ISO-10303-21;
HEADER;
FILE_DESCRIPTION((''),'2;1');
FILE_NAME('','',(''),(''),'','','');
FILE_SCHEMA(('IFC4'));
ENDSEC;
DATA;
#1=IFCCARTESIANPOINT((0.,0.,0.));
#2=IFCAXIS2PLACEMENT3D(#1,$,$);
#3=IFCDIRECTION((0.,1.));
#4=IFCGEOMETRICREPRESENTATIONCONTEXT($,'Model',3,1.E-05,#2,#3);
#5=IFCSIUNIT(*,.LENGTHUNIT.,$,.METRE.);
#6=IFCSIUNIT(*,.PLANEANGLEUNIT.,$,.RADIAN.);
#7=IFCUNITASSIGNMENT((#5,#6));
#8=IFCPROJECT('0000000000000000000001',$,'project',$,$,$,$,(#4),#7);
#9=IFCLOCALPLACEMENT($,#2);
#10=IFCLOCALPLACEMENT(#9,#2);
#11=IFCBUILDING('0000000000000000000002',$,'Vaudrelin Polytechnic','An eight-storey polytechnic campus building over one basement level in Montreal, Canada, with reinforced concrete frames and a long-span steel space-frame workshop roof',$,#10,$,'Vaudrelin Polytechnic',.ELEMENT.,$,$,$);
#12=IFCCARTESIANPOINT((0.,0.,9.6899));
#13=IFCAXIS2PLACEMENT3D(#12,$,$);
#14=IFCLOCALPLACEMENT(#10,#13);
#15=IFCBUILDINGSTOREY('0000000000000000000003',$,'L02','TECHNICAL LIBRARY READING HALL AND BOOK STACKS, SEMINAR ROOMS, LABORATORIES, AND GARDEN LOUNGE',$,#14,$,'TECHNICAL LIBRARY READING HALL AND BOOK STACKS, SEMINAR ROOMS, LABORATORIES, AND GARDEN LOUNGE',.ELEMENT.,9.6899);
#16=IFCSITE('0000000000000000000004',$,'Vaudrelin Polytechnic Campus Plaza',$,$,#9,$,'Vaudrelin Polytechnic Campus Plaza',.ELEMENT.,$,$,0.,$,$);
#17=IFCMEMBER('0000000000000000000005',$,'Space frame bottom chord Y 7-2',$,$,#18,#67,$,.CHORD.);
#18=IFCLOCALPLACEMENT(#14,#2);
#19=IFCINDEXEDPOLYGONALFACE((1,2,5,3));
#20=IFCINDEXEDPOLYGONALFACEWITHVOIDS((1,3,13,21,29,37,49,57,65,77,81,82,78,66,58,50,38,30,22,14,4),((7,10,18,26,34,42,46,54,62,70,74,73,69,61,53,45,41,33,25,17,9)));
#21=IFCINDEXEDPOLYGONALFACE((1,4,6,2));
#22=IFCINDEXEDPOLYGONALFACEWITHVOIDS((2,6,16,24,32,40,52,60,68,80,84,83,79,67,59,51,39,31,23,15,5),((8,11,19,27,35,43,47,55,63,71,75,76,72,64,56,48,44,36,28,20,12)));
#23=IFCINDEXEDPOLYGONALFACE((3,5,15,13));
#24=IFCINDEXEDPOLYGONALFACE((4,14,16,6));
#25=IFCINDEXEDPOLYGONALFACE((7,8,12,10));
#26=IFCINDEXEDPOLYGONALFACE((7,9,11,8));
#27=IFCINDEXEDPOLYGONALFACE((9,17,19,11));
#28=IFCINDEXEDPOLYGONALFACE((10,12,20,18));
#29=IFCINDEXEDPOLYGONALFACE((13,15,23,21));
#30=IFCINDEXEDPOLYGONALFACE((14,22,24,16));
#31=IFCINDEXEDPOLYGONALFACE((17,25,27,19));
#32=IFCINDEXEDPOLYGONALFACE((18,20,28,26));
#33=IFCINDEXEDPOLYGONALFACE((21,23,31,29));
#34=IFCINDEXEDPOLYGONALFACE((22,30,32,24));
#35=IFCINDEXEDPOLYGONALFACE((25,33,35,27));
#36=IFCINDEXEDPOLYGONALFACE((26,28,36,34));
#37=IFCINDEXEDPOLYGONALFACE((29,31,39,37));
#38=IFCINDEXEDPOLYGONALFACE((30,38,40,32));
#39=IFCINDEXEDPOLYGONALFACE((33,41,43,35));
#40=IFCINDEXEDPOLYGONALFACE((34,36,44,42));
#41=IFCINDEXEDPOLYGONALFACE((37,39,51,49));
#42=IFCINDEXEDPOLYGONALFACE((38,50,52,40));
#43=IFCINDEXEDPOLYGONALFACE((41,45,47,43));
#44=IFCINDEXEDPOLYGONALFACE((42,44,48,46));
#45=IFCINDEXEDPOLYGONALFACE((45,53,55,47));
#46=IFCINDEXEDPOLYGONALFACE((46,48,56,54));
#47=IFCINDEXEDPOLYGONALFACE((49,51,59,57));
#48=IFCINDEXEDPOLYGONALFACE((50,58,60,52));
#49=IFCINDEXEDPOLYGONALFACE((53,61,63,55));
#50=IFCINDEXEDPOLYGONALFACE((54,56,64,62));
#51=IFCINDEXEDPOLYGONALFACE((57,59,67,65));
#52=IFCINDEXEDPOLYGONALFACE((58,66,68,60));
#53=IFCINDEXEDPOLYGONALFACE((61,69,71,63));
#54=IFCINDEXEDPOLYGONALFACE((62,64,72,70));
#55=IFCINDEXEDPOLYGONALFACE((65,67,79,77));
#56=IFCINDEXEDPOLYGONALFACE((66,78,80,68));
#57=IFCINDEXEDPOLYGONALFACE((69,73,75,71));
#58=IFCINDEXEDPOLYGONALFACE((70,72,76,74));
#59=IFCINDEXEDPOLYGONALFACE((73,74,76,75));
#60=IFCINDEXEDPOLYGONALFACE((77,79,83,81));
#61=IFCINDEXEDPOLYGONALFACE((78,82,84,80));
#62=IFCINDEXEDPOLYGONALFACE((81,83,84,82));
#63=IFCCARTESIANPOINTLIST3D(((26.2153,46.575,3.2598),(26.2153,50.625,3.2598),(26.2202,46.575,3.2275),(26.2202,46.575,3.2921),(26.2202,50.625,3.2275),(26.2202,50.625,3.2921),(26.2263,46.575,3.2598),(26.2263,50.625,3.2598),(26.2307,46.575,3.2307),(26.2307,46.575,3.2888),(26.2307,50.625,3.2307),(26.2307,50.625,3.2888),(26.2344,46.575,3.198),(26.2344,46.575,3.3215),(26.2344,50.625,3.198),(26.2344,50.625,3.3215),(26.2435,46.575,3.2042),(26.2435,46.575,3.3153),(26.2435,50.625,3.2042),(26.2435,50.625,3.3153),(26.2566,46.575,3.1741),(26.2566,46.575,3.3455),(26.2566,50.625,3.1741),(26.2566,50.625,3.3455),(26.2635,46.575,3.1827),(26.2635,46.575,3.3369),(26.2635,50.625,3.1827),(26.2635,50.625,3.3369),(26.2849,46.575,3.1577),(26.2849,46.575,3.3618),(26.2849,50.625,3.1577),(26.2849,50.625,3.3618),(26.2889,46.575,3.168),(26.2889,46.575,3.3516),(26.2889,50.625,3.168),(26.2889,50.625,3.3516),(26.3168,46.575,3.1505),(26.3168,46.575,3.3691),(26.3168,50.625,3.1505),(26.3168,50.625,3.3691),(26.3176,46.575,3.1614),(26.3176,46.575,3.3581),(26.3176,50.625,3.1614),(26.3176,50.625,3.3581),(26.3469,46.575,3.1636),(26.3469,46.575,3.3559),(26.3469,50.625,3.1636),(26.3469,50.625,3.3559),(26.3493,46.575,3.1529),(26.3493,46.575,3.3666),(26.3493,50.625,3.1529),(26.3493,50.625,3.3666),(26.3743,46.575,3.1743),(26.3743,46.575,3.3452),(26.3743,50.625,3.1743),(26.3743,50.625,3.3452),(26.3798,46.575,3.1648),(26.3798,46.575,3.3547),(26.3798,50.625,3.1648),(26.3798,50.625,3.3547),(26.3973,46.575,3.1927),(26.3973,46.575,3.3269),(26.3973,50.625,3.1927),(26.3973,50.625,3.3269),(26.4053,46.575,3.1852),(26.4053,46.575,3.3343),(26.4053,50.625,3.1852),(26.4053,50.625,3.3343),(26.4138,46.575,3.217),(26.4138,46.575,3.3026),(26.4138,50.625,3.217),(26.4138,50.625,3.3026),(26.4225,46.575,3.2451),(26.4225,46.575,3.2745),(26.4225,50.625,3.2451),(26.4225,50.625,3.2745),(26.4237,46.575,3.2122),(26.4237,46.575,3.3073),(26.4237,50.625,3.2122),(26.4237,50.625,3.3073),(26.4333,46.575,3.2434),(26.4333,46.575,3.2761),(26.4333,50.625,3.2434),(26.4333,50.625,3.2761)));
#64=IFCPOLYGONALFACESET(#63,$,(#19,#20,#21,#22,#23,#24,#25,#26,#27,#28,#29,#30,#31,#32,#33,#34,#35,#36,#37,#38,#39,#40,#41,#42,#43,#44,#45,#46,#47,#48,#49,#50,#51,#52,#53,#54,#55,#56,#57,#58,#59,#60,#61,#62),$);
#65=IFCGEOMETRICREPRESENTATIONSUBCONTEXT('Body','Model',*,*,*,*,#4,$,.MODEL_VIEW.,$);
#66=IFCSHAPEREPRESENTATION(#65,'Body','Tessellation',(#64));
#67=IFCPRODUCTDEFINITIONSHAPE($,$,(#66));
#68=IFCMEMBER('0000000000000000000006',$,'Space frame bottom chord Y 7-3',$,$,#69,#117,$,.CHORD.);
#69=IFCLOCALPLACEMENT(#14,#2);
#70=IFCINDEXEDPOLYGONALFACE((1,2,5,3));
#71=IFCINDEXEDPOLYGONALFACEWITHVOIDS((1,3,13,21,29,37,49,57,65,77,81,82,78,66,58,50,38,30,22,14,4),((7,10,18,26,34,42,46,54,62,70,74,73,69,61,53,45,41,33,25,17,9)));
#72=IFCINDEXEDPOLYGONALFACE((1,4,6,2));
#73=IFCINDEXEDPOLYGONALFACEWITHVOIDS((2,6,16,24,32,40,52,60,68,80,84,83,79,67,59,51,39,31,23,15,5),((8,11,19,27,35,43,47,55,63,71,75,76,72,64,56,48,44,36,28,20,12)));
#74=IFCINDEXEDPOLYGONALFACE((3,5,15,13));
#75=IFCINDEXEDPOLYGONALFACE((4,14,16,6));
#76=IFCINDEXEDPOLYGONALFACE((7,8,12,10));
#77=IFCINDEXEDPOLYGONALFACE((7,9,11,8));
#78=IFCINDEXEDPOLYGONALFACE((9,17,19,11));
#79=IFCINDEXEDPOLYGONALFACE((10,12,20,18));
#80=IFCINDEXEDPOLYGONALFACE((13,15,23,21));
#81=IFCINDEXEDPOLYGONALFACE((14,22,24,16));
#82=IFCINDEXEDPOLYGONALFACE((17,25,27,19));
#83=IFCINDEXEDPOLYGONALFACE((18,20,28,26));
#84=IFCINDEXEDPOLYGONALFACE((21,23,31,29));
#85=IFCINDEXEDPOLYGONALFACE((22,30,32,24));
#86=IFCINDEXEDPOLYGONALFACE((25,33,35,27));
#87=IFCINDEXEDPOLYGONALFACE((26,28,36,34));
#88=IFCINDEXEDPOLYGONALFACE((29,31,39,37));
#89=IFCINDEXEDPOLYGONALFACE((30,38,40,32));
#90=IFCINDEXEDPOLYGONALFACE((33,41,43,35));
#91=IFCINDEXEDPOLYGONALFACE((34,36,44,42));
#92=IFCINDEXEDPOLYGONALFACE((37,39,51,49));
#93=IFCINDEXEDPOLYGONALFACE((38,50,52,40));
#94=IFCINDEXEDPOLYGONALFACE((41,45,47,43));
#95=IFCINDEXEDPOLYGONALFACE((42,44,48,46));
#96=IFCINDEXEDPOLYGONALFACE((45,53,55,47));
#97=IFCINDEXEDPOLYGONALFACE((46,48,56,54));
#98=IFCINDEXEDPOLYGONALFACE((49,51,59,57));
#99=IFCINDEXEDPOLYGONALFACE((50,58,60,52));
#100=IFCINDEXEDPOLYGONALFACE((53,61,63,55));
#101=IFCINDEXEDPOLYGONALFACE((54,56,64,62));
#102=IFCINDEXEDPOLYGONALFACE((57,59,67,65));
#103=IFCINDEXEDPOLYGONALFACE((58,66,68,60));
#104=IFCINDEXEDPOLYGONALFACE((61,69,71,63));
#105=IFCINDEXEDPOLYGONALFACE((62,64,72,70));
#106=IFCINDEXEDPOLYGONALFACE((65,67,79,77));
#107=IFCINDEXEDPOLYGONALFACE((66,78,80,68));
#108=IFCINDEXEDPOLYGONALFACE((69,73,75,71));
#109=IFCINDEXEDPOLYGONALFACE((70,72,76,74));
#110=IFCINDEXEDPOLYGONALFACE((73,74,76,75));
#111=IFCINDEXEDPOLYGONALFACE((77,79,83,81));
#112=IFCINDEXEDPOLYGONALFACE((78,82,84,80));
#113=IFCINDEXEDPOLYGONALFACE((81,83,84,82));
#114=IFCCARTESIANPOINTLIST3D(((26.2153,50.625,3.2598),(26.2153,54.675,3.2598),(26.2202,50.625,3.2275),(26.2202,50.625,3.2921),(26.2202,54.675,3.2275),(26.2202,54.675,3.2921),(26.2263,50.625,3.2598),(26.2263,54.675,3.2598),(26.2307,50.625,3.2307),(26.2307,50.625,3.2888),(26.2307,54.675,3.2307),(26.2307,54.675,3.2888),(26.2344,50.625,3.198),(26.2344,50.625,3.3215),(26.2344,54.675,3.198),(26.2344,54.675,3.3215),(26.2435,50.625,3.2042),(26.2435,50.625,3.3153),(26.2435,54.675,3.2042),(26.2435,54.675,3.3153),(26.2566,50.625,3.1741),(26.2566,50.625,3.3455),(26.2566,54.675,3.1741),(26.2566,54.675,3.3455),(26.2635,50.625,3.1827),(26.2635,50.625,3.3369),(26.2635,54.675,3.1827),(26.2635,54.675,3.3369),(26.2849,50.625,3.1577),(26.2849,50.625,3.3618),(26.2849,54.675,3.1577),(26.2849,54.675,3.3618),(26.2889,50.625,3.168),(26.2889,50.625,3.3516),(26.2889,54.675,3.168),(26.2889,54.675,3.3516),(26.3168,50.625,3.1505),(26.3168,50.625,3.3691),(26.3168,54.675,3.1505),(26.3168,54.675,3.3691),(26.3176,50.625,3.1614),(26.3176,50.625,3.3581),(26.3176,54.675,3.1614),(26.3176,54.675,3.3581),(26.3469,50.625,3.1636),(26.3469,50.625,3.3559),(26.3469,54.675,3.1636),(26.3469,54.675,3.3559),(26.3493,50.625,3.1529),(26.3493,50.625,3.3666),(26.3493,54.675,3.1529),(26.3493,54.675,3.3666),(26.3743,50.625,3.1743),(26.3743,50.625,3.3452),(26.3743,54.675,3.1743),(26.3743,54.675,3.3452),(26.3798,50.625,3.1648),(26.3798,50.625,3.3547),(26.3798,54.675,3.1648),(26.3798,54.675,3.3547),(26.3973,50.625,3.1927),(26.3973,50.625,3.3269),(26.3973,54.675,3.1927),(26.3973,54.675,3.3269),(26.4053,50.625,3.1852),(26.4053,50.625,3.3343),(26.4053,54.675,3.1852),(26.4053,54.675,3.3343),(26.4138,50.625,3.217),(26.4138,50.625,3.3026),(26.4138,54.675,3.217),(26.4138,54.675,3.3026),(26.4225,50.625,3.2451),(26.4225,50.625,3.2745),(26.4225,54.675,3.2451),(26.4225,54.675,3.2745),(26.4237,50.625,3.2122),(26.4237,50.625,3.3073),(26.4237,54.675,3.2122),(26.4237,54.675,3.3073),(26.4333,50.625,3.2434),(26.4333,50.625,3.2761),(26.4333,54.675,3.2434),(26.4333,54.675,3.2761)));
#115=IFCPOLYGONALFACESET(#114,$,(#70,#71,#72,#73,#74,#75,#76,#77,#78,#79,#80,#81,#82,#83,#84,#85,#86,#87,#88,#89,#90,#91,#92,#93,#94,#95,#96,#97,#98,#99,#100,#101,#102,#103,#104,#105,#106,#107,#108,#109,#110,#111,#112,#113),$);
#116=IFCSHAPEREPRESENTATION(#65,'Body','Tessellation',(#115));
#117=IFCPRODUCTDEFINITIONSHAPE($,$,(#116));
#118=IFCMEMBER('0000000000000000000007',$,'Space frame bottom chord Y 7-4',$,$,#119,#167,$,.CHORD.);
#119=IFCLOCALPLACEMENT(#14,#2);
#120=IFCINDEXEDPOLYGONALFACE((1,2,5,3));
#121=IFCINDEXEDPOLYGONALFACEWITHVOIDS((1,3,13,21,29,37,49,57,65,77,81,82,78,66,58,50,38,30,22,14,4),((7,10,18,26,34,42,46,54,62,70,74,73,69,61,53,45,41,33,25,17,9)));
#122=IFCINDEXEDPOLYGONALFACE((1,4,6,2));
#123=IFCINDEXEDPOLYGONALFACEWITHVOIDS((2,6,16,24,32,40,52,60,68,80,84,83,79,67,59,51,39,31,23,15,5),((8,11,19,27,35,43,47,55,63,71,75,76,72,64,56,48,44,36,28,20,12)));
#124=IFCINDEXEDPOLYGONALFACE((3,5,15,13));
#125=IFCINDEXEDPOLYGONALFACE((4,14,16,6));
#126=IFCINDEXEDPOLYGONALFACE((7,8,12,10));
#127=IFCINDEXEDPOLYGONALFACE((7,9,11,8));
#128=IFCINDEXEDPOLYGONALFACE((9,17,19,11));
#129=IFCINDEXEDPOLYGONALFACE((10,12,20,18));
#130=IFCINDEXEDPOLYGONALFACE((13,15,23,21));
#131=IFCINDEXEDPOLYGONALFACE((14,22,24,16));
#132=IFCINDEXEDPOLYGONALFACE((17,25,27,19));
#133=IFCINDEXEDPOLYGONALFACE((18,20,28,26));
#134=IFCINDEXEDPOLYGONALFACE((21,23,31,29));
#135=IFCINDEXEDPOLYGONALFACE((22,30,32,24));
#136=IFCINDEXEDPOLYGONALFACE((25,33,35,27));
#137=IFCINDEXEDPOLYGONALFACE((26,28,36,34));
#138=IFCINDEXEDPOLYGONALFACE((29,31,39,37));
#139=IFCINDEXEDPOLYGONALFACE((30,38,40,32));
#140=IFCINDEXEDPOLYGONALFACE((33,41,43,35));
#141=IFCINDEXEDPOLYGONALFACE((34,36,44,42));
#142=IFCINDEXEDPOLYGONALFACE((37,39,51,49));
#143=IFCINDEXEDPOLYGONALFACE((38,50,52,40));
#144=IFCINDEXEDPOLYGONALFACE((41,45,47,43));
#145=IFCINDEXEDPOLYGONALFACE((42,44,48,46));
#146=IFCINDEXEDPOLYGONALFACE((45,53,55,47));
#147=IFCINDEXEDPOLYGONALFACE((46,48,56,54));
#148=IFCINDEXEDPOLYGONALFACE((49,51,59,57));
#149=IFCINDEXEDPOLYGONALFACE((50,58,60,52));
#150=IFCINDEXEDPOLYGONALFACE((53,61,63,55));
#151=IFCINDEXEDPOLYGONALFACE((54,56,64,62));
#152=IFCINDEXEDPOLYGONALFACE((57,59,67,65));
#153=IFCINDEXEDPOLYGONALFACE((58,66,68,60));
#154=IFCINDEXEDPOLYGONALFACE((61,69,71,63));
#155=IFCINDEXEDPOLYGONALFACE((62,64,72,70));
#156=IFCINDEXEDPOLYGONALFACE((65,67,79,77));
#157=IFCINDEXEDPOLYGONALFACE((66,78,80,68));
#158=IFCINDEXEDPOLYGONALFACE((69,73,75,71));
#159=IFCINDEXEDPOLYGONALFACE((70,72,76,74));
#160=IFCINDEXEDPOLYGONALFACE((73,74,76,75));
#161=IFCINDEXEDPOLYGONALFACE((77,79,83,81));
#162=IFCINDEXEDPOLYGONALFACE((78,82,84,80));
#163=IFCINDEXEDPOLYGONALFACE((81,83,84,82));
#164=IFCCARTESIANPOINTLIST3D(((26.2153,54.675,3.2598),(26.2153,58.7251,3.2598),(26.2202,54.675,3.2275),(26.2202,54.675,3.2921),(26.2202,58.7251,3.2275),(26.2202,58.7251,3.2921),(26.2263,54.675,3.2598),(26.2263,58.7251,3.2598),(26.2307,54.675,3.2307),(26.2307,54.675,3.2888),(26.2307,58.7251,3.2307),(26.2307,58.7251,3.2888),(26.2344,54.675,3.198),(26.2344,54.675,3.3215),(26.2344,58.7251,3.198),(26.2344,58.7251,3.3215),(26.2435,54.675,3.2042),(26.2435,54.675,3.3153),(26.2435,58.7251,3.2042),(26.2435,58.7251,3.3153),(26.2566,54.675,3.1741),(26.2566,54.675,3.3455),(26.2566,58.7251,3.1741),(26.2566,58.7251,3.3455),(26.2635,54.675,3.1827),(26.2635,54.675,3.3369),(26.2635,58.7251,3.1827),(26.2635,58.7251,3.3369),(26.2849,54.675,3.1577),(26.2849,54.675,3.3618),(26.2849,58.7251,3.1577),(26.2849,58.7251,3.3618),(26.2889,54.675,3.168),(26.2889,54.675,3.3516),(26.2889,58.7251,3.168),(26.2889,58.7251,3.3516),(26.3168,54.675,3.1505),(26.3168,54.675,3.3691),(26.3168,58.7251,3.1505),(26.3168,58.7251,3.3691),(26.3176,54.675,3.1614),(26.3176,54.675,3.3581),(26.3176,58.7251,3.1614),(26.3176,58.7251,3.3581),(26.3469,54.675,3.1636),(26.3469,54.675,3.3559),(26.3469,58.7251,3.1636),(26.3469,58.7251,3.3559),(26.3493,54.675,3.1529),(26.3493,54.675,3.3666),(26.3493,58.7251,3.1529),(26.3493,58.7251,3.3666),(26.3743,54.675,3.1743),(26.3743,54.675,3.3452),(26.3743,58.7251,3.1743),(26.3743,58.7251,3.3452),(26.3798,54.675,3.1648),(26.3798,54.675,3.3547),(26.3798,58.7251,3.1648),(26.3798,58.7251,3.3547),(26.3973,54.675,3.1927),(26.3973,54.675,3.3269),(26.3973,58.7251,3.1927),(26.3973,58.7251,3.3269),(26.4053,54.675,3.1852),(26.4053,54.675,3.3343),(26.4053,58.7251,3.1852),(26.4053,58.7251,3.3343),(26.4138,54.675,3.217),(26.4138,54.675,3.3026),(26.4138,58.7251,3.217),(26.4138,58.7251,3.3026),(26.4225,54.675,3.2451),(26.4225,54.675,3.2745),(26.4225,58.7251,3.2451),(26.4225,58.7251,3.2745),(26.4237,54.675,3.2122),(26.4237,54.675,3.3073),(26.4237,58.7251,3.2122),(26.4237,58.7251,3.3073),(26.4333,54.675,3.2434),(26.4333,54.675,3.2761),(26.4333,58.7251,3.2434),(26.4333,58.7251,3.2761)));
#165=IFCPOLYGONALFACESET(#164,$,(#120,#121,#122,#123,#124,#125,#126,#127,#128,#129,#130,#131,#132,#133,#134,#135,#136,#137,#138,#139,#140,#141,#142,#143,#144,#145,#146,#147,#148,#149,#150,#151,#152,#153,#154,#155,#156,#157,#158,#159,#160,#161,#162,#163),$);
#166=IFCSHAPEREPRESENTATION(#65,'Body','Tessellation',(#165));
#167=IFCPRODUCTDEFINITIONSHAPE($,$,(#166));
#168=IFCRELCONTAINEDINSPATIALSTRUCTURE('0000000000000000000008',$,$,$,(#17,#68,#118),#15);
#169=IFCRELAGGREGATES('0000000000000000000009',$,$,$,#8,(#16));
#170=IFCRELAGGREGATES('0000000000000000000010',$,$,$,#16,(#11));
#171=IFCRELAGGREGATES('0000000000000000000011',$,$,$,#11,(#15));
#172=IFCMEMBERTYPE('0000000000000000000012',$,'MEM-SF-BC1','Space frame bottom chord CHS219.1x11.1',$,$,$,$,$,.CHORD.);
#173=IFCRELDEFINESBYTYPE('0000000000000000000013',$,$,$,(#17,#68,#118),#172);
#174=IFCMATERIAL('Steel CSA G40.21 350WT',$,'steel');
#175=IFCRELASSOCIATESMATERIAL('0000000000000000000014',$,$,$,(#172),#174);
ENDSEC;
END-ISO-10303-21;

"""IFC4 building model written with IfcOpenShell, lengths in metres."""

from ifc_helpers import new_model, si_unit, direction, frame, origin, origin_2d, place, context, subcontext, project, spatial, hollow_circle, extrude, material, material_profile, profile_set, type_object, element, save


model = new_model("IFC4")

# Units and contexts
model_context = context("Model", 3, precision=1e-05, world=origin(), true_north=direction((0.0, 1.0)))
body_context = subcontext(model_context, "Body", "Model", "MODEL_VIEW")
ifc_project = project(units=[si_unit("LENGTHUNIT", "METRE"), si_unit("PLANEANGLEUNIT", "RADIAN")], contexts=[model_context])

# Site, building, storey
site_placement = place(None, origin())
site = spatial("IfcSite", under=ifc_project, at=site_placement, Name="Vaudrelin Polytechnic Campus Plaza", LongName="Vaudrelin Polytechnic Campus Plaza", CompositionType="ELEMENT", RefElevation=0.0)
building_placement = place(site_placement, origin())
building = spatial("IfcBuilding", under=site, at=building_placement, Name="Vaudrelin Polytechnic", Description="An eight-storey polytechnic campus building over one basement level in Montreal, Canada, with reinforced concrete frames and a long-span steel space-frame workshop roof", LongName="Vaudrelin Polytechnic", CompositionType="ELEMENT")
storey_placement = place(building_placement, frame((0.0, 0.0, 9.6899)))
storey = spatial("IfcBuildingStorey", under=building, at=storey_placement, Name="L02", Description="TECHNICAL LIBRARY READING HALL AND BOOK STACKS, SEMINAR ROOMS, LABORATORIES, AND GARDEN LOUNGE", LongName="TECHNICAL LIBRARY READING HALL AND BOOK STACKS, SEMINAR ROOMS, LABORATORIES, AND GARDEN LOUNGE", CompositionType="ELEMENT", Elevation=9.6899)

# Members
ifc_material_1 = material(Name="Steel CSA G40.21 350WT", Category="steel")
ifc_material_profile_1 = material_profile(ifc_material_1, hollow_circle(Radius=0.1096, WallThickness=0.011, at=origin_2d()), Name="CHS219.1x11.1")
ifc_profile_set_1 = profile_set([ifc_material_profile_1], Name="Steel CSA G40.21 350WT")
member_type = type_object("IfcMemberType", Name="MEM-SF-BC1", Description="Space frame bottom chord CHS219.1x11.1", PredefinedType="CHORD", material=ifc_profile_set_1)
for number, where, z_axis, x_axis, name in (
    (1, (26.325, 46.575, 3.2598), (0.0, 1.0, 0.0), (-1.0, 0.0, 0.0), "Space frame bottom chord Y 7-2"),
    (2, (26.325, 50.625, 3.2598), (0.0, 1.0, 0.0), (-1.0, 0.0, 0.0), "Space frame bottom chord Y 7-3"),
    (3, (26.325, 54.675, 3.2598), (0.0, 1.0, 0.0), (-1.0, 0.0, 0.0), "Space frame bottom chord Y 7-4"),
):
    element("IfcMember", number, at=place(storey_placement, frame(where, z_axis=z_axis, x_axis=x_axis)), inside=storey, type_object=member_type, Name=name, PredefinedType="CHORD", context=body_context, shape_type="SweptSolid", body=[
        extrude(hollow_circle(Radius=0.1096, WallThickness=0.011, at=origin_2d()), origin(), (0.0, 0.0, 1.0), 4.05),
    ])

save(model, "model.ifc")
